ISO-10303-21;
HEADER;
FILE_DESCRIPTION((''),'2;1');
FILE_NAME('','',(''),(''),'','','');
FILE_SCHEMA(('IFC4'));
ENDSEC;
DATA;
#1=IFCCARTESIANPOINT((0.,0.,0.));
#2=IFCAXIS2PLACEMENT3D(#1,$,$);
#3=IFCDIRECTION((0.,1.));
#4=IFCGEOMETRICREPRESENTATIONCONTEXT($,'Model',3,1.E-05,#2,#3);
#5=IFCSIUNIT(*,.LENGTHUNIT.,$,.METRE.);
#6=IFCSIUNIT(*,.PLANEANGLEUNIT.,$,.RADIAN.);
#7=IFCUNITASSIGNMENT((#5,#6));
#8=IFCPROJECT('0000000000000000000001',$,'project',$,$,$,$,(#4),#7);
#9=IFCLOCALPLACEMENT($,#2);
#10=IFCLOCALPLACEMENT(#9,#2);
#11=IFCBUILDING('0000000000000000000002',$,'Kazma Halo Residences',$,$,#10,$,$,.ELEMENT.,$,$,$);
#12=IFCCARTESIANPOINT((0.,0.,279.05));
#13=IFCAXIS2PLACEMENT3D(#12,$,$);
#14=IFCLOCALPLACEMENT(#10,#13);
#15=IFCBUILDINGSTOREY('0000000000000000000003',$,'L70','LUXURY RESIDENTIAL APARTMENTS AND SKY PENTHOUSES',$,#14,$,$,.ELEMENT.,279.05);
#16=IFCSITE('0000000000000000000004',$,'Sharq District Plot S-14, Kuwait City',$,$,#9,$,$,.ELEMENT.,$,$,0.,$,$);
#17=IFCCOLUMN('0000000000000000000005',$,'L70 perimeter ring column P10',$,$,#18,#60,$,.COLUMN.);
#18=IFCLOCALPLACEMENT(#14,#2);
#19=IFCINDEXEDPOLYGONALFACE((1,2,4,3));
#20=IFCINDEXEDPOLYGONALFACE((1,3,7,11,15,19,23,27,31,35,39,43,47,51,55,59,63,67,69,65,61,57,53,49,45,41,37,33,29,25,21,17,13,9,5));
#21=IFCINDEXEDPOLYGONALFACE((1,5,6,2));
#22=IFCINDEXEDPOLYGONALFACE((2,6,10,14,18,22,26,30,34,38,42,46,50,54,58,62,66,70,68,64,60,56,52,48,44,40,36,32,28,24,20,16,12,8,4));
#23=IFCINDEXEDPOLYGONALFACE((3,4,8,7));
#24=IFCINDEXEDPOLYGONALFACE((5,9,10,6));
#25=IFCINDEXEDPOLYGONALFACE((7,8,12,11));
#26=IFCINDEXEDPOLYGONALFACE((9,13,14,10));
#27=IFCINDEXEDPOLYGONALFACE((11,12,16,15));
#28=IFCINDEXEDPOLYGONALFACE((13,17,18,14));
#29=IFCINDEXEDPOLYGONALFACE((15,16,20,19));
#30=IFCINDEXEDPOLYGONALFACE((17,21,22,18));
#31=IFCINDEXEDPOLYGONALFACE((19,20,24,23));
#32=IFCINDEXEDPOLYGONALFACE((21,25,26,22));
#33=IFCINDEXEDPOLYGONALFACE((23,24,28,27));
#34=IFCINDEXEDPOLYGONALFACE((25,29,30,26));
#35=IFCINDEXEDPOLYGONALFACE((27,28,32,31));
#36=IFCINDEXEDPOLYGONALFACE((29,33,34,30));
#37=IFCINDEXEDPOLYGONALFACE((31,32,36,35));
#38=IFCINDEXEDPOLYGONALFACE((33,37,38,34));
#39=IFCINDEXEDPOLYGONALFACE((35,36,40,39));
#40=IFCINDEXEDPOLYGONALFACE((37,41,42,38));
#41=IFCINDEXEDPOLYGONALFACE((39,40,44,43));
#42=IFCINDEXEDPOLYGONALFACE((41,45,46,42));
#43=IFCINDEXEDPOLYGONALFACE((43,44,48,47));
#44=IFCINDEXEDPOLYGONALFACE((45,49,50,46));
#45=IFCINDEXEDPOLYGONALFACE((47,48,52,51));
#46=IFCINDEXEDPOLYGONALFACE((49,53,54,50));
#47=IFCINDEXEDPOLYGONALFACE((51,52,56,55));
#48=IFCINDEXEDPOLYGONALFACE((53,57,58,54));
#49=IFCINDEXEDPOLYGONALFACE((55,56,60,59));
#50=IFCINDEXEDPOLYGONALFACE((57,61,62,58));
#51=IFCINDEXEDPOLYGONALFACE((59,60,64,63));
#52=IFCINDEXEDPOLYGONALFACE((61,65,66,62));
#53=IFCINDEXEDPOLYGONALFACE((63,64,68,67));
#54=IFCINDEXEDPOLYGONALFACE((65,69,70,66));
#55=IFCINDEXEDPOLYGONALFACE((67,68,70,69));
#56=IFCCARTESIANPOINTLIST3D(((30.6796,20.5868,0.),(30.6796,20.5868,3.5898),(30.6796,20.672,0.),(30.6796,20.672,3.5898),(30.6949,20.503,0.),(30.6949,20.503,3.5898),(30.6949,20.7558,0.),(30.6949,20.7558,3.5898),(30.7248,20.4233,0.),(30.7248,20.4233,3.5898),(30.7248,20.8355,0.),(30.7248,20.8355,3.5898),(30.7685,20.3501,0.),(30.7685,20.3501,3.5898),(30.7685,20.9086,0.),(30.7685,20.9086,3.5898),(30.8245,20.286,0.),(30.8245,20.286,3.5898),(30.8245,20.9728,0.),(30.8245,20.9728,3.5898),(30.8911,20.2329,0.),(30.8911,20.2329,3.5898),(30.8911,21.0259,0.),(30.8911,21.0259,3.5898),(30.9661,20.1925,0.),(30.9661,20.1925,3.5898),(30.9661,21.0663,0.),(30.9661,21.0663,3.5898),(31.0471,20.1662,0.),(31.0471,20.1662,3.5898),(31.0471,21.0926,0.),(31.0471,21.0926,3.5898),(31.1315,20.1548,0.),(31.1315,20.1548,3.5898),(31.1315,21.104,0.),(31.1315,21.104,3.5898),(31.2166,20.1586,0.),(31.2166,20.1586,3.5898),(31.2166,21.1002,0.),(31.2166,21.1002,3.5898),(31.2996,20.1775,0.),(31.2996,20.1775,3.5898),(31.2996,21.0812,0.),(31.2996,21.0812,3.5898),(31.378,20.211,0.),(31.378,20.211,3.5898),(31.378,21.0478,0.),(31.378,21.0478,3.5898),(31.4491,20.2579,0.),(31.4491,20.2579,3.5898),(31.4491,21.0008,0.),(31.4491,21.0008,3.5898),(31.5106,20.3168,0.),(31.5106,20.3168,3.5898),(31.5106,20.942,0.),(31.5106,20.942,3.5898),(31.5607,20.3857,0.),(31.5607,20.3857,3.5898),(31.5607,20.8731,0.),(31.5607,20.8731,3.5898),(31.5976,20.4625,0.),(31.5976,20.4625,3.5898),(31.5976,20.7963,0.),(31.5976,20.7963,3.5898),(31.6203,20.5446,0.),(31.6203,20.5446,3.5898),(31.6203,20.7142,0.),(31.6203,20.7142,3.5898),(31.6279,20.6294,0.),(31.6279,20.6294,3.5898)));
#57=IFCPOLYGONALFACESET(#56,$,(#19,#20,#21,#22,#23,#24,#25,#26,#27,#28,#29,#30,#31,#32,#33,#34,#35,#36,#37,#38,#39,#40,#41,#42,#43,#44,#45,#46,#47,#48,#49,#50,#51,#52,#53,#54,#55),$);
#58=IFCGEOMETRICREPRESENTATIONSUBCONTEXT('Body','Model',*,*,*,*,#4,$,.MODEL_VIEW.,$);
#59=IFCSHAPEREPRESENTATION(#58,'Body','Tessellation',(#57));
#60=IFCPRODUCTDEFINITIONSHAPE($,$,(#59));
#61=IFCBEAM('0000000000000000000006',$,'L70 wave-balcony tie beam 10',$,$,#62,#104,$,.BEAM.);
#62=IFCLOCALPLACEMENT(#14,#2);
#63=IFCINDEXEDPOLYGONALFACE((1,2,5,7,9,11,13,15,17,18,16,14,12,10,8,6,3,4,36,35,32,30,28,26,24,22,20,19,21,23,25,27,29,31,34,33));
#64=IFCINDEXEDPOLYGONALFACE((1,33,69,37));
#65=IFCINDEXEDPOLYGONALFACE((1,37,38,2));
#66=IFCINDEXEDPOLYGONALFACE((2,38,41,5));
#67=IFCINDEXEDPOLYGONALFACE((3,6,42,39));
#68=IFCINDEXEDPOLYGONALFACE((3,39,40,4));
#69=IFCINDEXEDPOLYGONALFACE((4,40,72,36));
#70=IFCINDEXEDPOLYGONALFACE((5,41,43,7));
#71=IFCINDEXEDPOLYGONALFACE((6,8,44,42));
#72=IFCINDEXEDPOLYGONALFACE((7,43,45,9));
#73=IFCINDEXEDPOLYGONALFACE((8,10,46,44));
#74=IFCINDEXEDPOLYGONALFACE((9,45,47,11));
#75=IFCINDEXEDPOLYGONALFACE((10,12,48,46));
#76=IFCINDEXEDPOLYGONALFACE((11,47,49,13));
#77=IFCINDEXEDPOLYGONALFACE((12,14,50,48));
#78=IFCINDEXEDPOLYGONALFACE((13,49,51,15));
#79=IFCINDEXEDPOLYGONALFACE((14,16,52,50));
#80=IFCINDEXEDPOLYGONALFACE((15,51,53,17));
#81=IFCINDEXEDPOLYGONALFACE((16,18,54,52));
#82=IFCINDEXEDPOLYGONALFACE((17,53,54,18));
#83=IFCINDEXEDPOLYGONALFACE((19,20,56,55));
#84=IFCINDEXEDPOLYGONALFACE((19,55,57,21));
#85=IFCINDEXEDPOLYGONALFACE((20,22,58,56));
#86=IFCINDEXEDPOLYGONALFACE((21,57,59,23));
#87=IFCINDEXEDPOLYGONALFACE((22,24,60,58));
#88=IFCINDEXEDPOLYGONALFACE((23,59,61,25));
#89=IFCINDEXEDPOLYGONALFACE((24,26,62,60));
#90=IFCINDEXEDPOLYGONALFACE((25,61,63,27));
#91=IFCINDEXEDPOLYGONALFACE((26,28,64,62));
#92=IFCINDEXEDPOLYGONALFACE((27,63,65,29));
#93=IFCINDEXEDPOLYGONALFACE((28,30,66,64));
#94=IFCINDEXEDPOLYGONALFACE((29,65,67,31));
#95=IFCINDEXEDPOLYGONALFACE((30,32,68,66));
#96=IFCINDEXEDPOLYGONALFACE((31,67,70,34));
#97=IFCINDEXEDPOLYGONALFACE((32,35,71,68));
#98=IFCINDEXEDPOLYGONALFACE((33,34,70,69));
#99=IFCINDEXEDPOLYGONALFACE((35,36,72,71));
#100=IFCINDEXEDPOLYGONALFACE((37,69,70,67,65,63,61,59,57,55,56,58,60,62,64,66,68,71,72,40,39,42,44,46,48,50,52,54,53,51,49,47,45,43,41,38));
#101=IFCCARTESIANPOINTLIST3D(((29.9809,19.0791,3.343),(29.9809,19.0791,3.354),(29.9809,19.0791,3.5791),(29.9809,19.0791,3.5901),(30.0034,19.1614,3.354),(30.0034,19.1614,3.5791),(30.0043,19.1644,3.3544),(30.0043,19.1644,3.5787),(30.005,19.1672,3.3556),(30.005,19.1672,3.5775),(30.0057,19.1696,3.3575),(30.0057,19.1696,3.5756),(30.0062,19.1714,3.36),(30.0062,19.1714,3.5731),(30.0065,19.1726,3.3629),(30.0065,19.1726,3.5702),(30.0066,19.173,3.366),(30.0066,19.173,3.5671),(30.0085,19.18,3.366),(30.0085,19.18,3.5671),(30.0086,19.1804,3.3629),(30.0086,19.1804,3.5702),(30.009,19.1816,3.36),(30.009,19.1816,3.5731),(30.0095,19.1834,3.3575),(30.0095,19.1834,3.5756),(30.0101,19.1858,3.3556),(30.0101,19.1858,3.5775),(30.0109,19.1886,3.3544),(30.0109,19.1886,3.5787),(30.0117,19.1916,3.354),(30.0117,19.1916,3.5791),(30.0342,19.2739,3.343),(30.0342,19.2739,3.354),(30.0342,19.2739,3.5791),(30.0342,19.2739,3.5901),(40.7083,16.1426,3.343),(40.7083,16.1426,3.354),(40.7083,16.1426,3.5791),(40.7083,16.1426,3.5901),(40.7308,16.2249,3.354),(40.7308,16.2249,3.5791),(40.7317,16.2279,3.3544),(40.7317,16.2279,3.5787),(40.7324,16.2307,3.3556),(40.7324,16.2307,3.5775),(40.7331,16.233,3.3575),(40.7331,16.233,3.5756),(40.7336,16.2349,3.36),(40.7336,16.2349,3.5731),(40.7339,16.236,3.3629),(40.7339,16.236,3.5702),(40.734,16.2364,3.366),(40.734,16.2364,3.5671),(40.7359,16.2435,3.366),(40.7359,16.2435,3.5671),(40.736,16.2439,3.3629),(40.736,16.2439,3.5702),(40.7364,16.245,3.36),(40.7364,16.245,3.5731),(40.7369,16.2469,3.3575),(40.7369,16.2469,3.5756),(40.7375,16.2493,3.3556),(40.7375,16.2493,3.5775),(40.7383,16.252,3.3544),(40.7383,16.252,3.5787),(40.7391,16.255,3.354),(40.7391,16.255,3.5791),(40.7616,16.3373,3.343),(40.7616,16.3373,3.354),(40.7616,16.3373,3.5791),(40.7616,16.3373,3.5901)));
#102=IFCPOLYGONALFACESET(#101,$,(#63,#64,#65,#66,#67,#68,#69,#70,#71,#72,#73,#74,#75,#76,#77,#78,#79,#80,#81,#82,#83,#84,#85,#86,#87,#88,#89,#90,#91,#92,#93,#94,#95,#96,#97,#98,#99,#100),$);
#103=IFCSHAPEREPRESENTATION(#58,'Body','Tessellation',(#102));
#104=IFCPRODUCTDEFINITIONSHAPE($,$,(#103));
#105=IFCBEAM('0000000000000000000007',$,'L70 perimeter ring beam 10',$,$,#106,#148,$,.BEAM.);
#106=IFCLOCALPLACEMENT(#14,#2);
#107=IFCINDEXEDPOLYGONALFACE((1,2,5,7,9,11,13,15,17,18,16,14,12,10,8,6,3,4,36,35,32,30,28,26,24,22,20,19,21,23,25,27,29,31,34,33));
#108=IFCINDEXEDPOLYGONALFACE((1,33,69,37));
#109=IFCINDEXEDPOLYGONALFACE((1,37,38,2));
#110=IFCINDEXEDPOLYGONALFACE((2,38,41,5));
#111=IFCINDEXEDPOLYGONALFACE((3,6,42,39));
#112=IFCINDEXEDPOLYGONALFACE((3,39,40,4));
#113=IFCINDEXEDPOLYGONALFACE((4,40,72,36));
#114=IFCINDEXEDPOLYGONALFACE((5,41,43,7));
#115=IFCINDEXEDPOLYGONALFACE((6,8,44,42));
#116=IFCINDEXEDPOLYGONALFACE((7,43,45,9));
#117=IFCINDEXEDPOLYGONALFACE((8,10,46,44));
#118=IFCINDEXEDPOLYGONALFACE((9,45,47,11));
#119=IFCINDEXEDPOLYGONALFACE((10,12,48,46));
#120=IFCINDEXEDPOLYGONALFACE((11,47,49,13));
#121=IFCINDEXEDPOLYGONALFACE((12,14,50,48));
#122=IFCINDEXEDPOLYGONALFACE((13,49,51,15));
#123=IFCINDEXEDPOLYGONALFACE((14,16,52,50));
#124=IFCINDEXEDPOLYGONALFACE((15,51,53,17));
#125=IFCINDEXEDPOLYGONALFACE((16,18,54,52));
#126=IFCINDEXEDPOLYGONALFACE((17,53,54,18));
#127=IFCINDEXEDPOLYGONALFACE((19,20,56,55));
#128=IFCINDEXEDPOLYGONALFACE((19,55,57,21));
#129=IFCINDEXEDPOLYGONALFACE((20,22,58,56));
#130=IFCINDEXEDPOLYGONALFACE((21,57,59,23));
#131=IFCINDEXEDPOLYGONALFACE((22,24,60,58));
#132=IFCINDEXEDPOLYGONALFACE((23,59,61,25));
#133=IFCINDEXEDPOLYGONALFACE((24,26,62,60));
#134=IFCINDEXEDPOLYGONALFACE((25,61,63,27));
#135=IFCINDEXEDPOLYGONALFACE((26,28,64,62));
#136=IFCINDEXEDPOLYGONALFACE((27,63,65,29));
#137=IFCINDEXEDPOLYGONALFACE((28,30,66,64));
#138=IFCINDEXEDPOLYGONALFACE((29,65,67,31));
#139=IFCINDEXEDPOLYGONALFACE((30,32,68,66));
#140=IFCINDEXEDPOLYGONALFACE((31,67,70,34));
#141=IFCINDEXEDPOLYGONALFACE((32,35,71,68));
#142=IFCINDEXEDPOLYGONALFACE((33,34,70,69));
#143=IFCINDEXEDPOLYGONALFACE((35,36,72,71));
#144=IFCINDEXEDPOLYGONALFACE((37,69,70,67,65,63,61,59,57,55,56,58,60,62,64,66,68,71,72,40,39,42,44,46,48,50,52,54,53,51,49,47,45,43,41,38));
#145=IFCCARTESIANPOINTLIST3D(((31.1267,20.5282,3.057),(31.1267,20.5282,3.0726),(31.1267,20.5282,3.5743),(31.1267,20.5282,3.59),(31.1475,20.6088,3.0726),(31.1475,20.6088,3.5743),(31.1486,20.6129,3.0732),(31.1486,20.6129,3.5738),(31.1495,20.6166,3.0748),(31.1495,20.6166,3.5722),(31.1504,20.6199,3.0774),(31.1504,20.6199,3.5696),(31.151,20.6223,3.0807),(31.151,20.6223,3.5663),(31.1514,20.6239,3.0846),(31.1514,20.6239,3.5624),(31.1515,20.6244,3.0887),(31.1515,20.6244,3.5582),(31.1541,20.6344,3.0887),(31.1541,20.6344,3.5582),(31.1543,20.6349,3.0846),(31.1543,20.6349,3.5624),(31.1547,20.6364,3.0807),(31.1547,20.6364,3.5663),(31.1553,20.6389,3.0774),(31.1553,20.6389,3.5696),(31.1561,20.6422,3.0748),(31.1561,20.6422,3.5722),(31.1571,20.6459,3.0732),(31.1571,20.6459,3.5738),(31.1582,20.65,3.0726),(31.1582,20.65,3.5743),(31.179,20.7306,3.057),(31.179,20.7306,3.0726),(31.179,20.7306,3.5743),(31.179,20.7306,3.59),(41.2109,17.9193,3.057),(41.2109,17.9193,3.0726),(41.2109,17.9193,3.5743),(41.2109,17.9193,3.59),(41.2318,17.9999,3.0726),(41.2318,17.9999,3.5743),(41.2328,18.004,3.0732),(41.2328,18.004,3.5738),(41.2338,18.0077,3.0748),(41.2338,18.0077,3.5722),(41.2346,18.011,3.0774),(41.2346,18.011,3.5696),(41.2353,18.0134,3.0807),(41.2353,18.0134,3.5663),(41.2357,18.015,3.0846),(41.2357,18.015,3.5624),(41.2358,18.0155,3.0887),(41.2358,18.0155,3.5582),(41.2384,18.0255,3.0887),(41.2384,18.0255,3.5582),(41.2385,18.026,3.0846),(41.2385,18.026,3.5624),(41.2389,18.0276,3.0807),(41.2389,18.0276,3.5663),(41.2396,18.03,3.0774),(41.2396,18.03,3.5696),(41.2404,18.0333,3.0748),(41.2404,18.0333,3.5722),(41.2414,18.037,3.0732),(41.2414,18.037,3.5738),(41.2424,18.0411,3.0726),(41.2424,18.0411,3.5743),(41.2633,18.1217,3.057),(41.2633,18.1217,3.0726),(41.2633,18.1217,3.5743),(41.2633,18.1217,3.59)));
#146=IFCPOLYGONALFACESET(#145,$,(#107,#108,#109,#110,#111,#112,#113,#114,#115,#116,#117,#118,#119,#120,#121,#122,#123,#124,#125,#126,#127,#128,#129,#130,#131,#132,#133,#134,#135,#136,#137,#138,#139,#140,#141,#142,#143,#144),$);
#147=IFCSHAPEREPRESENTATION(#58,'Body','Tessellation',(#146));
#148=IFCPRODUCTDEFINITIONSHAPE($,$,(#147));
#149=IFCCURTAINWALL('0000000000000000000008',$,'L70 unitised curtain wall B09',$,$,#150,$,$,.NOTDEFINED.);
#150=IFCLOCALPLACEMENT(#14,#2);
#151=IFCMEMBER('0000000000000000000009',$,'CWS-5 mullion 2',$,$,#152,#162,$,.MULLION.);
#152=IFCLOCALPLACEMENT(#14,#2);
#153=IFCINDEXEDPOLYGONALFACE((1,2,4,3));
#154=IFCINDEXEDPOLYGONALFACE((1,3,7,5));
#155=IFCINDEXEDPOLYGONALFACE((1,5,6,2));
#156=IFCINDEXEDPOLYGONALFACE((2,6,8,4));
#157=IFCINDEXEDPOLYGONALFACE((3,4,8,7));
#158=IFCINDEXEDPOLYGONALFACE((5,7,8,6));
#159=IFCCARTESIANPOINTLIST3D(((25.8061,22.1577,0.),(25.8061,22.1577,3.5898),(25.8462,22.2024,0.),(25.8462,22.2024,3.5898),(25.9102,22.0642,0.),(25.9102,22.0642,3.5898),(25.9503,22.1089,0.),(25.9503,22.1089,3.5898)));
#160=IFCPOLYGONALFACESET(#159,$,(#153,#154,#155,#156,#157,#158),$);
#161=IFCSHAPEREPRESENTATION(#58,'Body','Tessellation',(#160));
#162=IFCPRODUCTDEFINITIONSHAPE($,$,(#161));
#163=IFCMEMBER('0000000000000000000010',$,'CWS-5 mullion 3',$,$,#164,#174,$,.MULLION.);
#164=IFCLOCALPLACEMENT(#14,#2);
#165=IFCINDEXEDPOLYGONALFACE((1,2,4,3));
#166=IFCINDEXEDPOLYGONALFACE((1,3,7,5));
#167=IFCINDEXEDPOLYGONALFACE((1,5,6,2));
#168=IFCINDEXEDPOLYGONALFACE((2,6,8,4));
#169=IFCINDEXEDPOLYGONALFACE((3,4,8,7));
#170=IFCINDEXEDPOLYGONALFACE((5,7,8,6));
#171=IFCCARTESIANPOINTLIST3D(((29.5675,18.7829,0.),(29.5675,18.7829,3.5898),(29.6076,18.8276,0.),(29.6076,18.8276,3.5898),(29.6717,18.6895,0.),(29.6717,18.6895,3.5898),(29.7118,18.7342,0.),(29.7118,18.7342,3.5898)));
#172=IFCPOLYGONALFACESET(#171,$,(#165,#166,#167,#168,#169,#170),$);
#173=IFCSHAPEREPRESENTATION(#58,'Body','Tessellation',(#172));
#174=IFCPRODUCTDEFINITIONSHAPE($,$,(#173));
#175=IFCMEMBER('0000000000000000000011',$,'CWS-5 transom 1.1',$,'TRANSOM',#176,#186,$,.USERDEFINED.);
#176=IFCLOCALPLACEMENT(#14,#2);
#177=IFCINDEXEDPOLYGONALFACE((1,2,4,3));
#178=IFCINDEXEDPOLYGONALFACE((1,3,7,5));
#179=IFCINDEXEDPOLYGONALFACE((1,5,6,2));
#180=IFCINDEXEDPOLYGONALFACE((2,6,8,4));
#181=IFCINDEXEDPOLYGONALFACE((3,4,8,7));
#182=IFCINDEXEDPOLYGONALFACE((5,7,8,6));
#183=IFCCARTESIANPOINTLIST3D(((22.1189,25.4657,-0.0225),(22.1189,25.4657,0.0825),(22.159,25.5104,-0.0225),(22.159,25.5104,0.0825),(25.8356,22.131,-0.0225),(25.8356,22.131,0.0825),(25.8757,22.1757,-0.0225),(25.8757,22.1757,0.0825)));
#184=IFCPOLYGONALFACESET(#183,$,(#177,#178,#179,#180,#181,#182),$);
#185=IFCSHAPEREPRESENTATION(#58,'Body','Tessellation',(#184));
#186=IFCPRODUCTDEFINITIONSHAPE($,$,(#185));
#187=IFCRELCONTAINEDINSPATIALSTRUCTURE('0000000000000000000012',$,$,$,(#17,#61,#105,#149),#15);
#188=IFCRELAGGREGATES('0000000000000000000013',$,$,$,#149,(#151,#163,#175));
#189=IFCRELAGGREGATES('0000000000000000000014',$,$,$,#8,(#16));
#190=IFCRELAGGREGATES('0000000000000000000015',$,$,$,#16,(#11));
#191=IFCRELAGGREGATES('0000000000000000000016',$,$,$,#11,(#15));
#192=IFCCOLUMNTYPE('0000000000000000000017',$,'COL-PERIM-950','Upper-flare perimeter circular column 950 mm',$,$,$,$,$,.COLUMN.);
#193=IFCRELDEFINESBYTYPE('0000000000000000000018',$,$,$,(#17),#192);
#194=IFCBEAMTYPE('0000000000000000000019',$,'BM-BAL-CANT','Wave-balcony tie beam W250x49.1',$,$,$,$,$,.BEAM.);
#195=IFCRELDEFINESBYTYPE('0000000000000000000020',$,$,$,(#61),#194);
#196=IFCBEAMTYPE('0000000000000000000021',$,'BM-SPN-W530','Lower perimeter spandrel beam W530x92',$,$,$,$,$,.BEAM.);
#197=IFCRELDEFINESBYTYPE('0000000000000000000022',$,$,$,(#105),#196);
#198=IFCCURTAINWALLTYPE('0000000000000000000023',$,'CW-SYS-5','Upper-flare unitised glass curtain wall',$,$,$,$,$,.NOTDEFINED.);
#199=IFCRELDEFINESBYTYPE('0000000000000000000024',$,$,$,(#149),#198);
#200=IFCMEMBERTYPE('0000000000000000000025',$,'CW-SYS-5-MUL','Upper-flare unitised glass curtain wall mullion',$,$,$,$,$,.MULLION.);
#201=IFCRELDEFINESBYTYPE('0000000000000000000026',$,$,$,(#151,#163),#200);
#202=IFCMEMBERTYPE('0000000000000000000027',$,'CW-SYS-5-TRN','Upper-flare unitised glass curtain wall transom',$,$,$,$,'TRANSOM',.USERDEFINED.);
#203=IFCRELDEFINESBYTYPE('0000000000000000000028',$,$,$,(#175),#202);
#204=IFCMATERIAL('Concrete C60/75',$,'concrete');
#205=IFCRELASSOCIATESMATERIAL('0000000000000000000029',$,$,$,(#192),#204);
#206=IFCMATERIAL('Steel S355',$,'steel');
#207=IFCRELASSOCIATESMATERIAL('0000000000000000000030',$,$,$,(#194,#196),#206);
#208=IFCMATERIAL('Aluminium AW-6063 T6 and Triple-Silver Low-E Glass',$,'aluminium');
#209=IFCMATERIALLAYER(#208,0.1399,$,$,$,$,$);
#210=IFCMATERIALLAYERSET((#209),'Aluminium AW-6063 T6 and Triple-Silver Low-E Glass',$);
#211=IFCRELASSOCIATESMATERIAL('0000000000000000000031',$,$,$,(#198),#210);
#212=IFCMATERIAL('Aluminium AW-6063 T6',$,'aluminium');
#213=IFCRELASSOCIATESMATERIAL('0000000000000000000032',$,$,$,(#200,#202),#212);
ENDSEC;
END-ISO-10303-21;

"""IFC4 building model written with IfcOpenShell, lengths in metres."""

from ifc_helpers import new_model, si_unit, direction, frame, origin, origin_2d, place, context, subcontext, project, spatial, rectangle, circle, i_section, extrude, material, layer, layer_set, material_profile, profile_set, type_object, element, aggregate, save


model = new_model("IFC4")

# Units and contexts
model_context = context("Model", 3, precision=1e-05, world=origin(), true_north=direction((0.0, 1.0)))
body_context = subcontext(model_context, "Body", "Model", "MODEL_VIEW")
ifc_project = project(units=[si_unit("LENGTHUNIT", "METRE"), si_unit("PLANEANGLEUNIT", "RADIAN")], contexts=[model_context])

# Site, building, storey
site_placement = place(None, origin())
site = spatial("IfcSite", under=ifc_project, at=site_placement, Name="Sharq District Plot S-14, Kuwait City", CompositionType="ELEMENT", RefElevation=0.0)
building_placement = place(site_placement, origin())
building = spatial("IfcBuilding", under=site, at=building_placement, Name="Kazma Halo Residences", CompositionType="ELEMENT")
storey_placement = place(building_placement, frame((0.0, 0.0, 279.05)))
storey = spatial("IfcBuildingStorey", under=building, at=storey_placement, Name="L70", Description="LUXURY RESIDENTIAL APARTMENTS AND SKY PENTHOUSES", CompositionType="ELEMENT", Elevation=279.05)

# Column
ifc_material_1 = material(Name="Concrete C60/75", Category="concrete")
ifc_material_profile_1 = material_profile(ifc_material_1, circle(Radius=0.4751, at=origin_2d()), Name="CIRC950")
ifc_profile_set_1 = profile_set([ifc_material_profile_1], Name="Concrete C60/75")
column_type = type_object("IfcColumnType", Name="COL-PERIM-950", Description="Upper-flare perimeter circular column 950 mm", PredefinedType="COLUMN", material=ifc_profile_set_1)
column_placement = place(storey_placement, frame((31.1528, 20.6294, 0.0), z_axis=(0.0, 0.0, 1.0), x_axis=(1.0, 0.0, 0.0)))
element("IfcColumn", 1, at=column_placement, inside=storey, type_object=column_type, Name="L70 perimeter ring column P10", PredefinedType="COLUMN", context=body_context, shape_type="SweptSolid", body=[
    extrude(circle(Radius=0.4751, at=origin_2d()), origin(), (0.0, 0.0, 1.0), 3.5898),
])

# Beams
ifc_material_2 = material(Name="Steel S355", Category="steel")
ifc_material_profile_2 = material_profile(ifc_material_2, i_section(OverallWidth=0.2019, OverallDepth=0.2471, WebThickness=0.0073, FlangeThickness=0.011, FilletRadius=0.012, at=origin_2d()), Name="W250x49.1")
ifc_profile_set_2 = profile_set([ifc_material_profile_2], Name="Steel S355")
beam_type_1 = type_object("IfcBeamType", Name="BM-BAL-CANT", Description="Wave-balcony tie beam W250x49.1", PredefinedType="BEAM", material=ifc_profile_set_2)
beam_1_placement = place(storey_placement, frame((30.0076, 19.1765, 3.4666), z_axis=(0.964515, -0.264029, 0.0), x_axis=(0.264029, 0.964515, 0.0)))
element("IfcBeam", 2, at=beam_1_placement, inside=storey, type_object=beam_type_1, Name="L70 wave-balcony tie beam 10", PredefinedType="BEAM", context=body_context, shape_type="SweptSolid", body=[
    extrude(i_section(OverallWidth=0.2019, OverallDepth=0.2471, WebThickness=0.0073, FlangeThickness=0.011, FilletRadius=0.012, at=origin_2d()), origin(), (0.0, 0.0, 1.0), 11.1221),
])
ifc_material_profile_3 = material_profile(ifc_material_2, i_section(OverallWidth=0.209, OverallDepth=0.533, WebThickness=0.0103, FlangeThickness=0.0156, FilletRadius=0.0161, at=origin_2d()), Name="W530x92")
ifc_profile_set_3 = profile_set([ifc_material_profile_3], Name="Steel S355")
beam_type_2 = type_object("IfcBeamType", Name="BM-SPN-W530", Description="Lower perimeter spandrel beam W530x92", PredefinedType="BEAM", material=ifc_profile_set_3)
beam_2_placement = place(storey_placement, frame((31.1528, 20.6294, 3.3235), z_axis=(0.968126, -0.250464, 0.0), x_axis=(0.250464, 0.968126, 0.0)))
element("IfcBeam", 3, at=beam_2_placement, inside=storey, type_object=beam_type_2, Name="L70 perimeter ring beam 10", PredefinedType="BEAM", context=body_context, shape_type="SweptSolid", body=[
    extrude(i_section(OverallWidth=0.209, OverallDepth=0.533, WebThickness=0.0103, FlangeThickness=0.0156, FilletRadius=0.0161, at=origin_2d()), origin(), (0.0, 0.0, 1.0), 10.4163),
])

# Curtain wall, members
ifc_material_3 = material(Name="Aluminium AW-6063 T6 and Triple-Silver Low-E Glass", Category="aluminium")
ifc_layer_1 = layer(ifc_material_3, 0.1399)
ifc_layer_set_1 = layer_set([ifc_layer_1], Name="Aluminium AW-6063 T6 and Triple-Silver Low-E Glass")
curtain_wall_type = type_object("IfcCurtainWallType", Name="CW-SYS-5", Description="Upper-flare unitised glass curtain wall", PredefinedType="NOTDEFINED", material=ifc_layer_set_1)
curtain_wall_placement = place(storey_placement, origin())
curtain_wall = element("IfcCurtainWall", 4, at=curtain_wall_placement, inside=storey, type_object=curtain_wall_type, Name="L70 unitised curtain wall B09", PredefinedType="NOTDEFINED")
ifc_material_4 = material(Name="Aluminium AW-6063 T6", Category="aluminium")
ifc_material_profile_4 = material_profile(ifc_material_4, rectangle(XDim=0.0601, YDim=0.1399, at=origin_2d()), Name="CWM-60x140")
ifc_profile_set_4 = profile_set([ifc_material_profile_4], Name="Aluminium AW-6063 T6")
member_type_1 = type_object("IfcMemberType", Name="CW-SYS-5-MUL", Description="Upper-flare unitised glass curtain wall mullion", PredefinedType="MULLION", material=ifc_profile_set_4)
member_1_placement = place(storey_placement, frame((25.8782, 22.1333, 0.0), z_axis=(0.0, 0.0, 1.0), x_axis=(0.667805, 0.744336, 0.0)))
member_1 = element("IfcMember", 5, at=member_1_placement, type_object=member_type_1, Name="CWS-5 mullion 2", PredefinedType="MULLION", context=body_context, shape_type="SweptSolid", body=[
    extrude(rectangle(XDim=0.0601, YDim=0.1399, at=origin_2d()), origin(), (0.0, 0.0, 1.0), 3.5898),
])
member_2_placement = place(storey_placement, frame((29.6396, 18.7585, 0.0), z_axis=(0.0, 0.0, 1.0), x_axis=(0.667805, 0.744336, 0.0)))
member_2 = element("IfcMember", 6, at=member_2_placement, type_object=member_type_1, Name="CWS-5 mullion 3", PredefinedType="MULLION", context=body_context, shape_type="SweptSolid", body=[
    extrude(rectangle(XDim=0.0601, YDim=0.1399, at=origin_2d()), origin(), (0.0, 0.0, 1.0), 3.5898),
])
ifc_material_profile_5 = material_profile(ifc_material_4, rectangle(XDim=0.0601, YDim=0.105, at=origin_2d()), Name="CWT-60x105")
ifc_profile_set_5 = profile_set([ifc_material_profile_5], Name="Aluminium AW-6063 T6")
member_type_2 = type_object("IfcMemberType", Name="CW-SYS-5-TRN", Description="Upper-flare unitised glass curtain wall transom", ElementType="TRANSOM", PredefinedType="USERDEFINED", material=ifc_profile_set_5)
member_3_placement = place(storey_placement, frame((22.1389, 25.488, 0.03), z_axis=(0.744329, -0.667813, 0.0), x_axis=(0.667813, 0.744329, 0.0)))
member_3 = element("IfcMember", 7, at=member_3_placement, type_object=member_type_2, Name="CWS-5 transom 1.1", ObjectType="TRANSOM", PredefinedType="USERDEFINED", context=body_context, shape_type="SweptSolid", body=[
    extrude(rectangle(XDim=0.0601, YDim=0.105, at=origin_2d()), origin(), (0.0, 0.0, 1.0), 4.9934),
])
aggregate(curtain_wall, [member_1, member_2, member_3])

save(model, "model.ifc")
